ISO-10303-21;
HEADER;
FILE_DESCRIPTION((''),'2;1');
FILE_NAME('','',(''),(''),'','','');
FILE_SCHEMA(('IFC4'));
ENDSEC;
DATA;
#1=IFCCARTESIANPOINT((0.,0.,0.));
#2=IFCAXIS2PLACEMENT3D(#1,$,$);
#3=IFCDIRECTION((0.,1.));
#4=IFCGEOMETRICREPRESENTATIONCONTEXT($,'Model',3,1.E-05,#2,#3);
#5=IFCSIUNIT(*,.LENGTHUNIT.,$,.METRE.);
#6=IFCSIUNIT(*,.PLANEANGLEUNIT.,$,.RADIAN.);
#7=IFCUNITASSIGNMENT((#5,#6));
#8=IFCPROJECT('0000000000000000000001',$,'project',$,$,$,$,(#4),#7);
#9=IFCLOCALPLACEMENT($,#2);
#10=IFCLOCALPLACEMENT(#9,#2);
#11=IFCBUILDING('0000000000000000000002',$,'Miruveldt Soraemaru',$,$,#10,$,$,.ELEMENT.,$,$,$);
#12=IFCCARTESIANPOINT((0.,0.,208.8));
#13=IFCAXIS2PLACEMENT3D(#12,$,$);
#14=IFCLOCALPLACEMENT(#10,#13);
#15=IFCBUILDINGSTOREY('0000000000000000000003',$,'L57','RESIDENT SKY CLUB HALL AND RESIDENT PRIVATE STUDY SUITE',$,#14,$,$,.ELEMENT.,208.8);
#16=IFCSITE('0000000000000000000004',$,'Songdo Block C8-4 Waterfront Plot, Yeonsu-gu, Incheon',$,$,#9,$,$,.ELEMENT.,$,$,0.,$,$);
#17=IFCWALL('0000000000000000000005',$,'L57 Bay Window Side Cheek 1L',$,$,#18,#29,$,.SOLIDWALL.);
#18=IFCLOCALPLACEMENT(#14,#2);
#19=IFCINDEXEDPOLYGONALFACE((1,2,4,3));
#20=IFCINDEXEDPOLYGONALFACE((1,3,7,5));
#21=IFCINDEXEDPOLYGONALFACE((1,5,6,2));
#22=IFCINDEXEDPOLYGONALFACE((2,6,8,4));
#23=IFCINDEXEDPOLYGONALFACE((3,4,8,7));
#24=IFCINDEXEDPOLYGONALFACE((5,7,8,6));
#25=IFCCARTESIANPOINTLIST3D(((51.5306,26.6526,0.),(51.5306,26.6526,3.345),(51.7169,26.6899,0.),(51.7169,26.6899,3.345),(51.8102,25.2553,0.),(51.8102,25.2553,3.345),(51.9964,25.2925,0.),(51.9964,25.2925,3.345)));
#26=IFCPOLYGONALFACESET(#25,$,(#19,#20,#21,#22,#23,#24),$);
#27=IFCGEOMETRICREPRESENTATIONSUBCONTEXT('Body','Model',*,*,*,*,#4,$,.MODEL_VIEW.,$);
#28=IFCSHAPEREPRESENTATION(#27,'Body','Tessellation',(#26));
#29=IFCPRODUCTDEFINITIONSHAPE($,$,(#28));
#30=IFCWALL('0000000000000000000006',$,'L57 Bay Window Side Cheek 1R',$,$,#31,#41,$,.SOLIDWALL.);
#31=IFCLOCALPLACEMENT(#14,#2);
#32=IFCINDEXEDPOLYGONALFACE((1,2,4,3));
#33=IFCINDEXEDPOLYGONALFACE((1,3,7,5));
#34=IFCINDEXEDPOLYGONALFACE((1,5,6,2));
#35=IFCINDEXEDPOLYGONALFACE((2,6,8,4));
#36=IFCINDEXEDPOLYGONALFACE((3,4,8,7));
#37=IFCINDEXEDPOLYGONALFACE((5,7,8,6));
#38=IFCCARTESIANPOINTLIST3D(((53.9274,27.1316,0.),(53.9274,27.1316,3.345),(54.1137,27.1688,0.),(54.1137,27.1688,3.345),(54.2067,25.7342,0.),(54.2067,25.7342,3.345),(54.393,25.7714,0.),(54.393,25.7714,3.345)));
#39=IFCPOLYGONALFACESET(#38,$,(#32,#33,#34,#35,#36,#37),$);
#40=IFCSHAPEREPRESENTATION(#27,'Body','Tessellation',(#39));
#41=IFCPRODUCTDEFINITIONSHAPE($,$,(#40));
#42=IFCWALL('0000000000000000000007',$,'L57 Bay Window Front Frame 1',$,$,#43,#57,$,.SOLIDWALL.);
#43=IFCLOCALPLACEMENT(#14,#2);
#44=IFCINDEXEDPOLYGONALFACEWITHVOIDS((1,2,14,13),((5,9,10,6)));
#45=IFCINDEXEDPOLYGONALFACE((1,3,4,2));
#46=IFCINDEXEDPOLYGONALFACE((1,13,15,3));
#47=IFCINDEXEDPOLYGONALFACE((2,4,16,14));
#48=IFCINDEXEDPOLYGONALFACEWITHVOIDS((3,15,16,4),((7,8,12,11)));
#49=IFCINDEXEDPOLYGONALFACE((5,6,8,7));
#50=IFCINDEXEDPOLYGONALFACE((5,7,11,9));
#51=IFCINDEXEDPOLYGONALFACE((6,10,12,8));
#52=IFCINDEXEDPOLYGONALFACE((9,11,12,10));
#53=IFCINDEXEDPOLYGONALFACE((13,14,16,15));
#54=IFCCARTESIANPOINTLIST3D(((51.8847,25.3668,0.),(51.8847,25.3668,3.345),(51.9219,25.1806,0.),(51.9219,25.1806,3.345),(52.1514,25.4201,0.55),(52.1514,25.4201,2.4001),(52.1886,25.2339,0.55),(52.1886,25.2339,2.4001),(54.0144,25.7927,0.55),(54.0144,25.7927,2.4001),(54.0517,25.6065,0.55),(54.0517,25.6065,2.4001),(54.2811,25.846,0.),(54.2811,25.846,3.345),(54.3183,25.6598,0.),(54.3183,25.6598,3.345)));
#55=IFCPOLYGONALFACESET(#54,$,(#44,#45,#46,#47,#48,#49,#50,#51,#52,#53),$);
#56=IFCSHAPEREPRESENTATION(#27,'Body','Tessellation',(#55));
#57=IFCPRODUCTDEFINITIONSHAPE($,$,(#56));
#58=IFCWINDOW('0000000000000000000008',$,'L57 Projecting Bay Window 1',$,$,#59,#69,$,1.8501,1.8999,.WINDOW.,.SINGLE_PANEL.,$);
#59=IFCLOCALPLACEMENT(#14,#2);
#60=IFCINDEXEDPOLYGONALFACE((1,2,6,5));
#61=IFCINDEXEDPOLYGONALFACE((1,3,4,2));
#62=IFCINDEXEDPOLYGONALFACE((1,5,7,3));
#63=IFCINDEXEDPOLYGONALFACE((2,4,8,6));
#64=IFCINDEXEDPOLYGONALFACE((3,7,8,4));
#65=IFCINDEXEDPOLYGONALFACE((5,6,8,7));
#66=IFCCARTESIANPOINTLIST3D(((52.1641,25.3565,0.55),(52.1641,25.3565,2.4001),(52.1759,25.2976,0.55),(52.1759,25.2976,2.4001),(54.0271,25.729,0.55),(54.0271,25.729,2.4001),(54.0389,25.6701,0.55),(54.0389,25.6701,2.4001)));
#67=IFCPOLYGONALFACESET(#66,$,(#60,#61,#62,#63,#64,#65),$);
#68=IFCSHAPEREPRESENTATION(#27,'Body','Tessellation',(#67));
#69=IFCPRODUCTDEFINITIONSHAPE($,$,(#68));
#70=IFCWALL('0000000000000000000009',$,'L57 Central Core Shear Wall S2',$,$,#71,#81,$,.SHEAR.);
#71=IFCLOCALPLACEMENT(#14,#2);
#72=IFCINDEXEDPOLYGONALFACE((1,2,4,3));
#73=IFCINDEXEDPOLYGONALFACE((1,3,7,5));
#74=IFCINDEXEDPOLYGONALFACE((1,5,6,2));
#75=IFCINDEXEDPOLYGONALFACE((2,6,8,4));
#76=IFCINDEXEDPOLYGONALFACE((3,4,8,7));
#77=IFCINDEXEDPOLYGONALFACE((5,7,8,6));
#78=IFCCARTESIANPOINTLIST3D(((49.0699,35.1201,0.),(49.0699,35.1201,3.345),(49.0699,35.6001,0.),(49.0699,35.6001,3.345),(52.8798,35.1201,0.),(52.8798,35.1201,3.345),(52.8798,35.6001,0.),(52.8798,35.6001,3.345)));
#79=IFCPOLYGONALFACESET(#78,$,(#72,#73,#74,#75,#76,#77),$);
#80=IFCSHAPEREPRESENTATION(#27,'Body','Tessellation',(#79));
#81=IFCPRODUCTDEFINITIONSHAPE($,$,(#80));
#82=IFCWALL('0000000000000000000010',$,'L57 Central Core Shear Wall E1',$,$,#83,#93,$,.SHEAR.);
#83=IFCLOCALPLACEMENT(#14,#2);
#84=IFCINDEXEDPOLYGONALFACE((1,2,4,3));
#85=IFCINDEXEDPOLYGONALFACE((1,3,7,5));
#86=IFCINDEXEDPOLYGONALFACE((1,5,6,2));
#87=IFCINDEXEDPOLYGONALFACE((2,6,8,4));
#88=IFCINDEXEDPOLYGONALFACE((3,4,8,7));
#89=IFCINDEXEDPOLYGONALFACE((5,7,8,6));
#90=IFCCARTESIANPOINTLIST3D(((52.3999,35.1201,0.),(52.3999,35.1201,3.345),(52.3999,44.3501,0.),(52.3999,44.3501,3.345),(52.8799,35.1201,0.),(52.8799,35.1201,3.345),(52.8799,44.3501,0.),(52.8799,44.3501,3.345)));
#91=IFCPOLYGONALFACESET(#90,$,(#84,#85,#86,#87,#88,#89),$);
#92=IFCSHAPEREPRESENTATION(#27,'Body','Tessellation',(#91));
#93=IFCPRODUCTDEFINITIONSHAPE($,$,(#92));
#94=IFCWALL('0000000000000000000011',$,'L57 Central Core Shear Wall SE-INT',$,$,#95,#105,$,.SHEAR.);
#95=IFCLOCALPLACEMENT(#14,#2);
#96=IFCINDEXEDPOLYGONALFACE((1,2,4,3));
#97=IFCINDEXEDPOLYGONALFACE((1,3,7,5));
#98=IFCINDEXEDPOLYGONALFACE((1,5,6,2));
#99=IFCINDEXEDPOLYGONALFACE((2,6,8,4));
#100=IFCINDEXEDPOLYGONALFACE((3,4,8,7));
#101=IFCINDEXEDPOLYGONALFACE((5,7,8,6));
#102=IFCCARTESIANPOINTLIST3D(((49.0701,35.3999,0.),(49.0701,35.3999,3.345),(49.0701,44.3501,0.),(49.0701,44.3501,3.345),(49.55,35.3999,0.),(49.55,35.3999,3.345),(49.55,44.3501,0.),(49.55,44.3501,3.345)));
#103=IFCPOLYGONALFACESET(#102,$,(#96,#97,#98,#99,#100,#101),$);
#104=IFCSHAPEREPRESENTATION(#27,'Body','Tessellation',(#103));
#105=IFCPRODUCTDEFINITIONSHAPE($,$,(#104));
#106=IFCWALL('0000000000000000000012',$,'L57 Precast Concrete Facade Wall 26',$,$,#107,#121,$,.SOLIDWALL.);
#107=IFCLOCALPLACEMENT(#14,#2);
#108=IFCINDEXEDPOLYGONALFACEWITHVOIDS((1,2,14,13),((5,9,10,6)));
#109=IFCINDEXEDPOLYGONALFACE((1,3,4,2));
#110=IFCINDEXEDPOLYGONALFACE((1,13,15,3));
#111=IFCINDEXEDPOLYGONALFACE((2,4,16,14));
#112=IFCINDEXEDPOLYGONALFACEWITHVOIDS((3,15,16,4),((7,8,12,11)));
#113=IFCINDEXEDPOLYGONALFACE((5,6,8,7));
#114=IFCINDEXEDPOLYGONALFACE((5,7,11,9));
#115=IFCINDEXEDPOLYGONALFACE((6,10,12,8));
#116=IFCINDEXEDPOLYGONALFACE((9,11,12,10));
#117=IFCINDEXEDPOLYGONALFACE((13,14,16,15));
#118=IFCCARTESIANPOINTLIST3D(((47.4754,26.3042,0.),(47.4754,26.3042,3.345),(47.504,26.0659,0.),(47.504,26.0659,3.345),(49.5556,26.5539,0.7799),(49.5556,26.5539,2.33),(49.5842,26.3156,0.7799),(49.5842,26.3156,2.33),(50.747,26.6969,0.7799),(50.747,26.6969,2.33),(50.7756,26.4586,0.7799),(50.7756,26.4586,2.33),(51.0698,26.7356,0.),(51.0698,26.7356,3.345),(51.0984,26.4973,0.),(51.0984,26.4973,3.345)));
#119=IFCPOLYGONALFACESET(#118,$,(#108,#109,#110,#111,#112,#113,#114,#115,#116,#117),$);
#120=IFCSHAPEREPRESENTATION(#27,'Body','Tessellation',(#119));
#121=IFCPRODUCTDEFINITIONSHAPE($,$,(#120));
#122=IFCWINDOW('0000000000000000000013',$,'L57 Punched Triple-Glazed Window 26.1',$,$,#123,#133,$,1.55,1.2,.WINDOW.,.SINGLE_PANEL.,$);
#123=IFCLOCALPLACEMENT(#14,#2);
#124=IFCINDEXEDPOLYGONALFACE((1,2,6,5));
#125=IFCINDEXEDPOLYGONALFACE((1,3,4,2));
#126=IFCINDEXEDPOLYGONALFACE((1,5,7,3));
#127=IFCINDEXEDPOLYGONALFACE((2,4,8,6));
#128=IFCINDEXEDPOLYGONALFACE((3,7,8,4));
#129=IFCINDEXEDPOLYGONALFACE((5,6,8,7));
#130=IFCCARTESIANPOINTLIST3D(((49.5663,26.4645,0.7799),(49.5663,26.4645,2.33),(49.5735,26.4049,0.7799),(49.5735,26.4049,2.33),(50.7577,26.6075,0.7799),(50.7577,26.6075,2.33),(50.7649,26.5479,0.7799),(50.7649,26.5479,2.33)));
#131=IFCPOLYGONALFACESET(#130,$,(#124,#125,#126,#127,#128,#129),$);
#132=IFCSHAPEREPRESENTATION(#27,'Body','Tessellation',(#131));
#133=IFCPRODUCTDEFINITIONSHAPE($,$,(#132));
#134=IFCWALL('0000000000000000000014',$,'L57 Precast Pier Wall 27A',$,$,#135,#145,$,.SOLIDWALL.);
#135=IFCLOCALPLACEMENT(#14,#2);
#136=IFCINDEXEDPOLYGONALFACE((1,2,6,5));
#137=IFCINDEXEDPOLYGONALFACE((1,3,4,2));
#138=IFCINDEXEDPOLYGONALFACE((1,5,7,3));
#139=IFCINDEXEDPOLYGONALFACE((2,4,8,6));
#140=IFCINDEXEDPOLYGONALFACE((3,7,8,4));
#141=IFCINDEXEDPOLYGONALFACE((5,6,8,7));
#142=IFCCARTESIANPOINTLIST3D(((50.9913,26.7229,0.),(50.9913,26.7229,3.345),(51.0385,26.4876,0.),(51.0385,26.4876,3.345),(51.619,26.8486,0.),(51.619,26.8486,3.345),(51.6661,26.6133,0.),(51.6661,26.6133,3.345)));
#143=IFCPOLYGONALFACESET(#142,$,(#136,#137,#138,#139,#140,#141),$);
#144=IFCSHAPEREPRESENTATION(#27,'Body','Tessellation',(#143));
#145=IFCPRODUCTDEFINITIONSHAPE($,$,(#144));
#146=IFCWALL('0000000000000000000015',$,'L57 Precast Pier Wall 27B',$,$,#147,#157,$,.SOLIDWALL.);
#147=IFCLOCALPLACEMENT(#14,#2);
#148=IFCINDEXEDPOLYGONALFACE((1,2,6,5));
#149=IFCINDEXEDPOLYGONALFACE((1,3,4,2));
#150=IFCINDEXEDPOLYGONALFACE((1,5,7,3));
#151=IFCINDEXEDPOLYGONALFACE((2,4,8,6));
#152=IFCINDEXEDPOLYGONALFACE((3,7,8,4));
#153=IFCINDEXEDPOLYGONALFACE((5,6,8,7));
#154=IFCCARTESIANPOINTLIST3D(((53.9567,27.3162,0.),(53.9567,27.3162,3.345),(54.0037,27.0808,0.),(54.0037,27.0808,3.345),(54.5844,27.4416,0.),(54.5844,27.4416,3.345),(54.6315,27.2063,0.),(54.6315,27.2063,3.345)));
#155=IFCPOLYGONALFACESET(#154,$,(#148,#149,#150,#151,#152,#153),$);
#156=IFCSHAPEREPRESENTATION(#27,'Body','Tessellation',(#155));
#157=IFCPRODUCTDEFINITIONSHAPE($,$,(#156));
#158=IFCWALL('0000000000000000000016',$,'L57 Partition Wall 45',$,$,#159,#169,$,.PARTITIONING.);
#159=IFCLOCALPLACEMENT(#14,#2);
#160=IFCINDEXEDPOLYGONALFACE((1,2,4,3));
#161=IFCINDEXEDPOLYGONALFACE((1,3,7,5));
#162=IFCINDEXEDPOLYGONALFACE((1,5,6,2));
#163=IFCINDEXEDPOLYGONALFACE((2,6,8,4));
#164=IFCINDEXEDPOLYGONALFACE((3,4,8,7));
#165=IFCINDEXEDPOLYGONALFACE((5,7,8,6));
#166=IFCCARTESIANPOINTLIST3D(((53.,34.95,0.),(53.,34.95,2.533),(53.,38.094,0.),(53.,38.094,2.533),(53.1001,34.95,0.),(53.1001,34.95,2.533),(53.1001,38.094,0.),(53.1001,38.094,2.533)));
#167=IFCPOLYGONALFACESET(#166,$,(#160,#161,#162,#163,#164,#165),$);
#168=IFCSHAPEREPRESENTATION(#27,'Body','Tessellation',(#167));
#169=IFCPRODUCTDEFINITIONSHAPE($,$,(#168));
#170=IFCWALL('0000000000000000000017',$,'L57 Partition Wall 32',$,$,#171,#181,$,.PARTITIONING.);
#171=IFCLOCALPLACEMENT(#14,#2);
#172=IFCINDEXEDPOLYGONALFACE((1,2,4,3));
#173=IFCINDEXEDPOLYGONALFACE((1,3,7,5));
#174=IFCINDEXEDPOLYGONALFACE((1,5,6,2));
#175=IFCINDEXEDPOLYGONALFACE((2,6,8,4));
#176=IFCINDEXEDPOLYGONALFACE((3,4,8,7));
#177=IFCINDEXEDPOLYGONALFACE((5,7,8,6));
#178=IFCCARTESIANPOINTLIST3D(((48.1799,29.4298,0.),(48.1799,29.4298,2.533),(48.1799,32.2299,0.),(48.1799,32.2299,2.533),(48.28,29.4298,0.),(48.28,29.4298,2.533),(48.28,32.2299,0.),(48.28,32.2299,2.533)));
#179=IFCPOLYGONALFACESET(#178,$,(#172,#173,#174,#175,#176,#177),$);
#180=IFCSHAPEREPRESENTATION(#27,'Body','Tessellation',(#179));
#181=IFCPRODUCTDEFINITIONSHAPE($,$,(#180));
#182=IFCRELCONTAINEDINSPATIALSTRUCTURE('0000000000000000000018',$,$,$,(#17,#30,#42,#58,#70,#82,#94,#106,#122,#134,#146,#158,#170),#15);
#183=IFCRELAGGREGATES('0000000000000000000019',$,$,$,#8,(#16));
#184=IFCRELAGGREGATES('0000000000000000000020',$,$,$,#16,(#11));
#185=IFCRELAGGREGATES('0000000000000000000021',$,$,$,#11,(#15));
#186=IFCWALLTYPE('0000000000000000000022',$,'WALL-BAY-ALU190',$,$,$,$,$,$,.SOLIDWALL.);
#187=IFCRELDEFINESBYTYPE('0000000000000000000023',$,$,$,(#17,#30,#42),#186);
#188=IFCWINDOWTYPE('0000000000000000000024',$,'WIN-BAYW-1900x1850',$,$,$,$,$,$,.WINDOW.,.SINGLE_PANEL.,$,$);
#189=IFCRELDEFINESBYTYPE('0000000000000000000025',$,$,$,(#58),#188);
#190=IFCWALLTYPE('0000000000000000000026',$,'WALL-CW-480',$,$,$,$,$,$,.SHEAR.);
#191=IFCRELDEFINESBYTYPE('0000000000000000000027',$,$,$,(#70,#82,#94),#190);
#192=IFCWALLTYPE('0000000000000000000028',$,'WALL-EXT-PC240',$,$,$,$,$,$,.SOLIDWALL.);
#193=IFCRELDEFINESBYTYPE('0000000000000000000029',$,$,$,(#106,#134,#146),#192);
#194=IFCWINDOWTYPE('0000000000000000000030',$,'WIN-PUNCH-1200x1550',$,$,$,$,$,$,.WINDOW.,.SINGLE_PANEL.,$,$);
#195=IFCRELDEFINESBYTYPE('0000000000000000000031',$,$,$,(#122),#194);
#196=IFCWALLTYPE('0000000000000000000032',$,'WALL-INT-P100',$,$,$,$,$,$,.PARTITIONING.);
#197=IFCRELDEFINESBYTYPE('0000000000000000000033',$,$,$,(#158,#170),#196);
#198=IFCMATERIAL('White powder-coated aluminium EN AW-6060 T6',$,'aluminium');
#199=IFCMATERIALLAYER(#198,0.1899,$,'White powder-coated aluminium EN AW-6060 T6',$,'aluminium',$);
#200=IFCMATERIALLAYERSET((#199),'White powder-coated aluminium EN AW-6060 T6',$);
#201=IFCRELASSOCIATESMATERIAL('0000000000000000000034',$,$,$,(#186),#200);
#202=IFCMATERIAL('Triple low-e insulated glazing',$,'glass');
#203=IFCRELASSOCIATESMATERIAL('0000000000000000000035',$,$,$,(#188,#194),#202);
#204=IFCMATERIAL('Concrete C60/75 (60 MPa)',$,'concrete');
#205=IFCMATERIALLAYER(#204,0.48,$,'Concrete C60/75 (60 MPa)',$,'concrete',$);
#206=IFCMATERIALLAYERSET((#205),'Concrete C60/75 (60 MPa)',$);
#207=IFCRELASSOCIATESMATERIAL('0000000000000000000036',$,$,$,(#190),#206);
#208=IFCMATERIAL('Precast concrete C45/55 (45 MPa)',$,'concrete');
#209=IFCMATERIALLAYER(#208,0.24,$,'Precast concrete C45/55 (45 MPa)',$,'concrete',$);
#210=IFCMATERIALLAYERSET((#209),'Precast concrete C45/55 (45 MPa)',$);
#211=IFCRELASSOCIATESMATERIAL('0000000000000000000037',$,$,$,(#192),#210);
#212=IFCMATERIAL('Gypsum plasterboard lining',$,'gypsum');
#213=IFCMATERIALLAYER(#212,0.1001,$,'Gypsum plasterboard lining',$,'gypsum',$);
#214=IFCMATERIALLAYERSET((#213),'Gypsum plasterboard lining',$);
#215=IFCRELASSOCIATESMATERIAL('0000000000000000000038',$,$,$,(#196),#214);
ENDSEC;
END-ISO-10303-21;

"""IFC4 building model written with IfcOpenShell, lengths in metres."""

from ifc_helpers import new_model, si_unit, direction, frame, frame_2d, origin, place, context, subcontext, project, spatial, rectangle, extrude, material, layer, layer_set, type_object, element, fill, save


model = new_model("IFC4")

# Units and contexts
model_context = context("Model", 3, precision=1e-05, world=origin(), true_north=direction((0.0, 1.0)))
body_context = subcontext(model_context, "Body", "Model", "MODEL_VIEW")
ifc_project = project(units=[si_unit("LENGTHUNIT", "METRE"), si_unit("PLANEANGLEUNIT", "RADIAN")], contexts=[model_context])

# Site, building, storey
site_placement = place(None, origin())
site = spatial("IfcSite", under=ifc_project, at=site_placement, Name="Songdo Block C8-4 Waterfront Plot, Yeonsu-gu, Incheon", CompositionType="ELEMENT", RefElevation=0.0)
building_placement = place(site_placement, origin())
building = spatial("IfcBuilding", under=site, at=building_placement, Name="Miruveldt Soraemaru", CompositionType="ELEMENT")
storey_placement = place(building_placement, frame((0.0, 0.0, 208.8)))
storey = spatial("IfcBuildingStorey", under=building, at=storey_placement, Name="L57", Description="RESIDENT SKY CLUB HALL AND RESIDENT PRIVATE STUDY SUITE", CompositionType="ELEMENT", Elevation=208.8)

# Walls
ifc_material_1 = material(Name="White powder-coated aluminium EN AW-6060 T6", Category="aluminium")
ifc_layer_1 = layer(ifc_material_1, 0.1899, Name="White powder-coated aluminium EN AW-6060 T6", Category="aluminium")
ifc_layer_set_1 = layer_set([ifc_layer_1], Name="White powder-coated aluminium EN AW-6060 T6")
wall_type_1 = type_object("IfcWallType", Name="WALL-BAY-ALU190", PredefinedType="SOLIDWALL", material=ifc_layer_set_1)
for number, where, z_axis, x_axis, name in (
    (1, (51.6238, 26.6711, 0.0), (0.0, 0.0, 1.0), (0.196149, -0.980574, 0.0), "L57 Bay Window Side Cheek 1L"),
    (2, (54.2998, 25.7529, 0.0), (0.0, 0.0, 1.0), (-0.195984, 0.980607, 0.0), "L57 Bay Window Side Cheek 1R"),
):
    element("IfcWall", number, at=place(storey_placement, frame(where, z_axis=z_axis, x_axis=x_axis)), inside=storey, type_object=wall_type_1, Name=name, PredefinedType="SOLIDWALL", context=body_context, shape_type="SweptSolid", body=[
        extrude(rectangle(XDim=1.425, YDim=0.1899, at=frame_2d((0.7124, 0.0))), origin(), (0.0, 0.0, 1.0), 3.345),
    ])

# Wall, opening, window
wall_1_placement = place(storey_placement, frame((51.9033, 25.2737, 0.0), z_axis=(0.0, 0.0, 1.0), x_axis=(0.980585, 0.196097, 0.0)))
wall_1 = element("IfcWall", 3, at=wall_1_placement, inside=storey, type_object=wall_type_1, Name="L57 Bay Window Front Frame 1", PredefinedType="SOLIDWALL", context=body_context, shape_type="SweptSolid", body=[
    extrude(rectangle(XDim=2.4438, YDim=0.1899, at=frame_2d((1.2219, 0.0))), origin(), (0.0, 0.0, 1.0), 3.345),
])
opening_1_placement = place(wall_1_placement, frame((0.272, 0.0, 0.55)))
opening_1 = element("IfcOpeningElement", 4, at=opening_1_placement, cuts=wall_1, PredefinedType="OPENING", context=body_context, shape_type="SweptSolid", body=[
    extrude(rectangle(XDim=1.8999, YDim=1.8501, at=frame_2d((0.95, 0.925))), frame((0.0, 0.105, 0.0), z_axis=(0.0, -1.0, 0.0), x_axis=(1.0, 0.0, 0.0)), (0.0, 0.0, 1.0), 0.21),
])
ifc_material_2 = material(Name="Triple low-e insulated glazing", Category="glass")
window_type_1 = type_object("IfcWindowType", Name="WIN-BAYW-1900x1850", PartitioningType="SINGLE_PANEL", PredefinedType="WINDOW", material=ifc_material_2)
window_1_placement = place(opening_1_placement, origin())
window_1 = element("IfcWindow", 5, at=window_1_placement, inside=storey, type_object=window_type_1, Name="L57 Projecting Bay Window 1", OverallHeight=1.8501, OverallWidth=1.8999, PartitioningType="SINGLE_PANEL", PredefinedType="WINDOW", context=body_context, shape_type="SweptSolid", body=[
    extrude(rectangle(XDim=1.8999, YDim=1.8501, at=frame_2d((0.95, 0.925))), frame((0.0, 0.03, 0.0), z_axis=(0.0, -1.0, 0.0), x_axis=(1.0, 0.0, 0.0)), (0.0, 0.0, 1.0), 0.0601),
])
fill(opening_1, window_1)

# Walls
ifc_material_3 = material(Name="Concrete C60/75 (60 MPa)", Category="concrete")
ifc_layer_2 = layer(ifc_material_3, 0.48, Name="Concrete C60/75 (60 MPa)", Category="concrete")
ifc_layer_set_2 = layer_set([ifc_layer_2], Name="Concrete C60/75 (60 MPa)")
wall_type_2 = type_object("IfcWallType", Name="WALL-CW-480", PredefinedType="SHEAR", material=ifc_layer_set_2)
wall_2_placement = place(storey_placement, frame((49.0701, 35.3601, 0.0), z_axis=(0.0, 0.0, 1.0), x_axis=(1.0, 0.0, 0.0)))
element("IfcWall", 6, at=wall_2_placement, inside=storey, type_object=wall_type_2, Name="L57 Central Core Shear Wall S2", PredefinedType="SHEAR", context=body_context, shape_type="SweptSolid", body=[
    extrude(rectangle(XDim=3.8098, YDim=0.48, at=frame_2d((1.9048, 0.0))), origin(), (0.0, 0.0, 1.0), 3.345),
])
wall_3_placement = place(storey_placement, frame((52.6399, 35.1201, 0.0), z_axis=(0.0, 0.0, 1.0), x_axis=(0.0, 1.0, 0.0)))
element("IfcWall", 7, at=wall_3_placement, inside=storey, type_object=wall_type_2, Name="L57 Central Core Shear Wall E1", PredefinedType="SHEAR", context=body_context, shape_type="SweptSolid", body=[
    extrude(rectangle(XDim=9.23, YDim=0.48, at=frame_2d((4.615, 0.0))), origin(), (0.0, 0.0, 1.0), 3.345),
])
wall_4_placement = place(storey_placement, frame((49.3101, 35.3999, 0.0), z_axis=(0.0, 0.0, 1.0), x_axis=(0.0, 1.0, 0.0)))
element("IfcWall", 8, at=wall_4_placement, inside=storey, type_object=wall_type_2, Name="L57 Central Core Shear Wall SE-INT", PredefinedType="SHEAR", context=body_context, shape_type="SweptSolid", body=[
    extrude(rectangle(XDim=8.9502, YDim=0.48, at=frame_2d((4.4751, 0.0))), origin(), (0.0, 0.0, 1.0), 3.345),
])

# Wall, opening, window
ifc_material_4 = material(Name="Precast concrete C45/55 (45 MPa)", Category="concrete")
ifc_layer_3 = layer(ifc_material_4, 0.24, Name="Precast concrete C45/55 (45 MPa)", Category="concrete")
ifc_layer_set_3 = layer_set([ifc_layer_3], Name="Precast concrete C45/55 (45 MPa)")
wall_type_3 = type_object("IfcWallType", Name="WALL-EXT-PC240", PredefinedType="SOLIDWALL", material=ifc_layer_set_3)
wall_5_placement = place(storey_placement, frame((47.4897, 26.1851, 0.0), z_axis=(0.0, 0.0, 1.0), x_axis=(0.992874, 0.119169, 0.0)))
wall_5 = element("IfcWall", 9, at=wall_5_placement, inside=storey, type_object=wall_type_3, Name="L57 Precast Concrete Facade Wall 26", PredefinedType="SOLIDWALL", context=body_context, shape_type="SweptSolid", body=[
    extrude(rectangle(XDim=3.6201, YDim=0.24, at=frame_2d((1.8101, 0.0))), origin(), (0.0, 0.0, 1.0), 3.345),
])
opening_2_placement = place(wall_5_placement, frame((2.095, 0.0, 0.78)))
opening_2 = element("IfcOpeningElement", 10, at=opening_2_placement, cuts=wall_5, PredefinedType="OPENING", context=body_context, shape_type="SweptSolid", body=[
    extrude(rectangle(XDim=1.2, YDim=1.55, at=frame_2d((0.6001, 0.7749))), frame((0.0, 0.1299, 0.0), z_axis=(0.0, -1.0, 0.0), x_axis=(1.0, 0.0, 0.0)), (0.0, 0.0, 1.0), 0.26),
])
window_type_2 = type_object("IfcWindowType", Name="WIN-PUNCH-1200x1550", PartitioningType="SINGLE_PANEL", PredefinedType="WINDOW", material=ifc_material_2)
window_2_placement = place(opening_2_placement, origin())
window_2 = element("IfcWindow", 11, at=window_2_placement, inside=storey, type_object=window_type_2, Name="L57 Punched Triple-Glazed Window 26.1", OverallHeight=1.55, OverallWidth=1.2, PartitioningType="SINGLE_PANEL", PredefinedType="WINDOW", context=body_context, shape_type="SweptSolid", body=[
    extrude(rectangle(XDim=1.2, YDim=1.55, at=frame_2d((0.6001, 0.7749))), frame((0.0, 0.03, 0.0), z_axis=(0.0, -1.0, 0.0), x_axis=(1.0, 0.0, 0.0)), (0.0, 0.0, 1.0), 0.0601),
])
fill(opening_2, window_2)

# Walls
for number, where, z_axis, x_axis, name in (
    (12, (51.0149, 26.6052, 0.0), (0.0, 0.0, 1.0), (0.980522, 0.196409, 0.0), "L57 Precast Pier Wall 27A"),
    (13, (53.9802, 27.1985, 0.0), (0.0, 0.0, 1.0), (0.980595, 0.196043, 0.0), "L57 Precast Pier Wall 27B"),
):
    element("IfcWall", number, at=place(storey_placement, frame(where, z_axis=z_axis, x_axis=x_axis)), inside=storey, type_object=wall_type_3, Name=name, PredefinedType="SOLIDWALL", context=body_context, shape_type="SweptSolid", body=[
        extrude(rectangle(XDim=0.6401, YDim=0.24, at=frame_2d((0.3201, 0.0))), origin(), (0.0, 0.0, 1.0), 3.345),
    ])
ifc_material_5 = material(Name="Gypsum plasterboard lining", Category="gypsum")
ifc_layer_4 = layer(ifc_material_5, 0.1001, Name="Gypsum plasterboard lining", Category="gypsum")
ifc_layer_set_4 = layer_set([ifc_layer_4], Name="Gypsum plasterboard lining")
wall_type_4 = type_object("IfcWallType", Name="WALL-INT-P100", PredefinedType="PARTITIONING", material=ifc_layer_set_4)
wall_6_placement = place(storey_placement, frame((53.05, 34.95, 0.0), z_axis=(0.0, 0.0, 1.0), x_axis=(0.0, 1.0, 0.0)))
element("IfcWall", 14, at=wall_6_placement, inside=storey, type_object=wall_type_4, Name="L57 Partition Wall 45", PredefinedType="PARTITIONING", context=body_context, shape_type="SweptSolid", body=[
    extrude(rectangle(XDim=3.144, YDim=0.1001, at=frame_2d((1.572, 0.0))), origin(), (0.0, 0.0, 1.0), 2.533),
])
wall_7_placement = place(storey_placement, frame((48.23, 29.4299, 0.0), z_axis=(0.0, 0.0, 1.0), x_axis=(0.0, 1.0, 0.0)))
element("IfcWall", 15, at=wall_7_placement, inside=storey, type_object=wall_type_4, Name="L57 Partition Wall 32", PredefinedType="PARTITIONING", context=body_context, shape_type="SweptSolid", body=[
    extrude(rectangle(XDim=2.8, YDim=0.1001, at=frame_2d((1.3999, 0.0))), origin(), (0.0, 0.0, 1.0), 2.533),
])

save(model, "model.ifc")
